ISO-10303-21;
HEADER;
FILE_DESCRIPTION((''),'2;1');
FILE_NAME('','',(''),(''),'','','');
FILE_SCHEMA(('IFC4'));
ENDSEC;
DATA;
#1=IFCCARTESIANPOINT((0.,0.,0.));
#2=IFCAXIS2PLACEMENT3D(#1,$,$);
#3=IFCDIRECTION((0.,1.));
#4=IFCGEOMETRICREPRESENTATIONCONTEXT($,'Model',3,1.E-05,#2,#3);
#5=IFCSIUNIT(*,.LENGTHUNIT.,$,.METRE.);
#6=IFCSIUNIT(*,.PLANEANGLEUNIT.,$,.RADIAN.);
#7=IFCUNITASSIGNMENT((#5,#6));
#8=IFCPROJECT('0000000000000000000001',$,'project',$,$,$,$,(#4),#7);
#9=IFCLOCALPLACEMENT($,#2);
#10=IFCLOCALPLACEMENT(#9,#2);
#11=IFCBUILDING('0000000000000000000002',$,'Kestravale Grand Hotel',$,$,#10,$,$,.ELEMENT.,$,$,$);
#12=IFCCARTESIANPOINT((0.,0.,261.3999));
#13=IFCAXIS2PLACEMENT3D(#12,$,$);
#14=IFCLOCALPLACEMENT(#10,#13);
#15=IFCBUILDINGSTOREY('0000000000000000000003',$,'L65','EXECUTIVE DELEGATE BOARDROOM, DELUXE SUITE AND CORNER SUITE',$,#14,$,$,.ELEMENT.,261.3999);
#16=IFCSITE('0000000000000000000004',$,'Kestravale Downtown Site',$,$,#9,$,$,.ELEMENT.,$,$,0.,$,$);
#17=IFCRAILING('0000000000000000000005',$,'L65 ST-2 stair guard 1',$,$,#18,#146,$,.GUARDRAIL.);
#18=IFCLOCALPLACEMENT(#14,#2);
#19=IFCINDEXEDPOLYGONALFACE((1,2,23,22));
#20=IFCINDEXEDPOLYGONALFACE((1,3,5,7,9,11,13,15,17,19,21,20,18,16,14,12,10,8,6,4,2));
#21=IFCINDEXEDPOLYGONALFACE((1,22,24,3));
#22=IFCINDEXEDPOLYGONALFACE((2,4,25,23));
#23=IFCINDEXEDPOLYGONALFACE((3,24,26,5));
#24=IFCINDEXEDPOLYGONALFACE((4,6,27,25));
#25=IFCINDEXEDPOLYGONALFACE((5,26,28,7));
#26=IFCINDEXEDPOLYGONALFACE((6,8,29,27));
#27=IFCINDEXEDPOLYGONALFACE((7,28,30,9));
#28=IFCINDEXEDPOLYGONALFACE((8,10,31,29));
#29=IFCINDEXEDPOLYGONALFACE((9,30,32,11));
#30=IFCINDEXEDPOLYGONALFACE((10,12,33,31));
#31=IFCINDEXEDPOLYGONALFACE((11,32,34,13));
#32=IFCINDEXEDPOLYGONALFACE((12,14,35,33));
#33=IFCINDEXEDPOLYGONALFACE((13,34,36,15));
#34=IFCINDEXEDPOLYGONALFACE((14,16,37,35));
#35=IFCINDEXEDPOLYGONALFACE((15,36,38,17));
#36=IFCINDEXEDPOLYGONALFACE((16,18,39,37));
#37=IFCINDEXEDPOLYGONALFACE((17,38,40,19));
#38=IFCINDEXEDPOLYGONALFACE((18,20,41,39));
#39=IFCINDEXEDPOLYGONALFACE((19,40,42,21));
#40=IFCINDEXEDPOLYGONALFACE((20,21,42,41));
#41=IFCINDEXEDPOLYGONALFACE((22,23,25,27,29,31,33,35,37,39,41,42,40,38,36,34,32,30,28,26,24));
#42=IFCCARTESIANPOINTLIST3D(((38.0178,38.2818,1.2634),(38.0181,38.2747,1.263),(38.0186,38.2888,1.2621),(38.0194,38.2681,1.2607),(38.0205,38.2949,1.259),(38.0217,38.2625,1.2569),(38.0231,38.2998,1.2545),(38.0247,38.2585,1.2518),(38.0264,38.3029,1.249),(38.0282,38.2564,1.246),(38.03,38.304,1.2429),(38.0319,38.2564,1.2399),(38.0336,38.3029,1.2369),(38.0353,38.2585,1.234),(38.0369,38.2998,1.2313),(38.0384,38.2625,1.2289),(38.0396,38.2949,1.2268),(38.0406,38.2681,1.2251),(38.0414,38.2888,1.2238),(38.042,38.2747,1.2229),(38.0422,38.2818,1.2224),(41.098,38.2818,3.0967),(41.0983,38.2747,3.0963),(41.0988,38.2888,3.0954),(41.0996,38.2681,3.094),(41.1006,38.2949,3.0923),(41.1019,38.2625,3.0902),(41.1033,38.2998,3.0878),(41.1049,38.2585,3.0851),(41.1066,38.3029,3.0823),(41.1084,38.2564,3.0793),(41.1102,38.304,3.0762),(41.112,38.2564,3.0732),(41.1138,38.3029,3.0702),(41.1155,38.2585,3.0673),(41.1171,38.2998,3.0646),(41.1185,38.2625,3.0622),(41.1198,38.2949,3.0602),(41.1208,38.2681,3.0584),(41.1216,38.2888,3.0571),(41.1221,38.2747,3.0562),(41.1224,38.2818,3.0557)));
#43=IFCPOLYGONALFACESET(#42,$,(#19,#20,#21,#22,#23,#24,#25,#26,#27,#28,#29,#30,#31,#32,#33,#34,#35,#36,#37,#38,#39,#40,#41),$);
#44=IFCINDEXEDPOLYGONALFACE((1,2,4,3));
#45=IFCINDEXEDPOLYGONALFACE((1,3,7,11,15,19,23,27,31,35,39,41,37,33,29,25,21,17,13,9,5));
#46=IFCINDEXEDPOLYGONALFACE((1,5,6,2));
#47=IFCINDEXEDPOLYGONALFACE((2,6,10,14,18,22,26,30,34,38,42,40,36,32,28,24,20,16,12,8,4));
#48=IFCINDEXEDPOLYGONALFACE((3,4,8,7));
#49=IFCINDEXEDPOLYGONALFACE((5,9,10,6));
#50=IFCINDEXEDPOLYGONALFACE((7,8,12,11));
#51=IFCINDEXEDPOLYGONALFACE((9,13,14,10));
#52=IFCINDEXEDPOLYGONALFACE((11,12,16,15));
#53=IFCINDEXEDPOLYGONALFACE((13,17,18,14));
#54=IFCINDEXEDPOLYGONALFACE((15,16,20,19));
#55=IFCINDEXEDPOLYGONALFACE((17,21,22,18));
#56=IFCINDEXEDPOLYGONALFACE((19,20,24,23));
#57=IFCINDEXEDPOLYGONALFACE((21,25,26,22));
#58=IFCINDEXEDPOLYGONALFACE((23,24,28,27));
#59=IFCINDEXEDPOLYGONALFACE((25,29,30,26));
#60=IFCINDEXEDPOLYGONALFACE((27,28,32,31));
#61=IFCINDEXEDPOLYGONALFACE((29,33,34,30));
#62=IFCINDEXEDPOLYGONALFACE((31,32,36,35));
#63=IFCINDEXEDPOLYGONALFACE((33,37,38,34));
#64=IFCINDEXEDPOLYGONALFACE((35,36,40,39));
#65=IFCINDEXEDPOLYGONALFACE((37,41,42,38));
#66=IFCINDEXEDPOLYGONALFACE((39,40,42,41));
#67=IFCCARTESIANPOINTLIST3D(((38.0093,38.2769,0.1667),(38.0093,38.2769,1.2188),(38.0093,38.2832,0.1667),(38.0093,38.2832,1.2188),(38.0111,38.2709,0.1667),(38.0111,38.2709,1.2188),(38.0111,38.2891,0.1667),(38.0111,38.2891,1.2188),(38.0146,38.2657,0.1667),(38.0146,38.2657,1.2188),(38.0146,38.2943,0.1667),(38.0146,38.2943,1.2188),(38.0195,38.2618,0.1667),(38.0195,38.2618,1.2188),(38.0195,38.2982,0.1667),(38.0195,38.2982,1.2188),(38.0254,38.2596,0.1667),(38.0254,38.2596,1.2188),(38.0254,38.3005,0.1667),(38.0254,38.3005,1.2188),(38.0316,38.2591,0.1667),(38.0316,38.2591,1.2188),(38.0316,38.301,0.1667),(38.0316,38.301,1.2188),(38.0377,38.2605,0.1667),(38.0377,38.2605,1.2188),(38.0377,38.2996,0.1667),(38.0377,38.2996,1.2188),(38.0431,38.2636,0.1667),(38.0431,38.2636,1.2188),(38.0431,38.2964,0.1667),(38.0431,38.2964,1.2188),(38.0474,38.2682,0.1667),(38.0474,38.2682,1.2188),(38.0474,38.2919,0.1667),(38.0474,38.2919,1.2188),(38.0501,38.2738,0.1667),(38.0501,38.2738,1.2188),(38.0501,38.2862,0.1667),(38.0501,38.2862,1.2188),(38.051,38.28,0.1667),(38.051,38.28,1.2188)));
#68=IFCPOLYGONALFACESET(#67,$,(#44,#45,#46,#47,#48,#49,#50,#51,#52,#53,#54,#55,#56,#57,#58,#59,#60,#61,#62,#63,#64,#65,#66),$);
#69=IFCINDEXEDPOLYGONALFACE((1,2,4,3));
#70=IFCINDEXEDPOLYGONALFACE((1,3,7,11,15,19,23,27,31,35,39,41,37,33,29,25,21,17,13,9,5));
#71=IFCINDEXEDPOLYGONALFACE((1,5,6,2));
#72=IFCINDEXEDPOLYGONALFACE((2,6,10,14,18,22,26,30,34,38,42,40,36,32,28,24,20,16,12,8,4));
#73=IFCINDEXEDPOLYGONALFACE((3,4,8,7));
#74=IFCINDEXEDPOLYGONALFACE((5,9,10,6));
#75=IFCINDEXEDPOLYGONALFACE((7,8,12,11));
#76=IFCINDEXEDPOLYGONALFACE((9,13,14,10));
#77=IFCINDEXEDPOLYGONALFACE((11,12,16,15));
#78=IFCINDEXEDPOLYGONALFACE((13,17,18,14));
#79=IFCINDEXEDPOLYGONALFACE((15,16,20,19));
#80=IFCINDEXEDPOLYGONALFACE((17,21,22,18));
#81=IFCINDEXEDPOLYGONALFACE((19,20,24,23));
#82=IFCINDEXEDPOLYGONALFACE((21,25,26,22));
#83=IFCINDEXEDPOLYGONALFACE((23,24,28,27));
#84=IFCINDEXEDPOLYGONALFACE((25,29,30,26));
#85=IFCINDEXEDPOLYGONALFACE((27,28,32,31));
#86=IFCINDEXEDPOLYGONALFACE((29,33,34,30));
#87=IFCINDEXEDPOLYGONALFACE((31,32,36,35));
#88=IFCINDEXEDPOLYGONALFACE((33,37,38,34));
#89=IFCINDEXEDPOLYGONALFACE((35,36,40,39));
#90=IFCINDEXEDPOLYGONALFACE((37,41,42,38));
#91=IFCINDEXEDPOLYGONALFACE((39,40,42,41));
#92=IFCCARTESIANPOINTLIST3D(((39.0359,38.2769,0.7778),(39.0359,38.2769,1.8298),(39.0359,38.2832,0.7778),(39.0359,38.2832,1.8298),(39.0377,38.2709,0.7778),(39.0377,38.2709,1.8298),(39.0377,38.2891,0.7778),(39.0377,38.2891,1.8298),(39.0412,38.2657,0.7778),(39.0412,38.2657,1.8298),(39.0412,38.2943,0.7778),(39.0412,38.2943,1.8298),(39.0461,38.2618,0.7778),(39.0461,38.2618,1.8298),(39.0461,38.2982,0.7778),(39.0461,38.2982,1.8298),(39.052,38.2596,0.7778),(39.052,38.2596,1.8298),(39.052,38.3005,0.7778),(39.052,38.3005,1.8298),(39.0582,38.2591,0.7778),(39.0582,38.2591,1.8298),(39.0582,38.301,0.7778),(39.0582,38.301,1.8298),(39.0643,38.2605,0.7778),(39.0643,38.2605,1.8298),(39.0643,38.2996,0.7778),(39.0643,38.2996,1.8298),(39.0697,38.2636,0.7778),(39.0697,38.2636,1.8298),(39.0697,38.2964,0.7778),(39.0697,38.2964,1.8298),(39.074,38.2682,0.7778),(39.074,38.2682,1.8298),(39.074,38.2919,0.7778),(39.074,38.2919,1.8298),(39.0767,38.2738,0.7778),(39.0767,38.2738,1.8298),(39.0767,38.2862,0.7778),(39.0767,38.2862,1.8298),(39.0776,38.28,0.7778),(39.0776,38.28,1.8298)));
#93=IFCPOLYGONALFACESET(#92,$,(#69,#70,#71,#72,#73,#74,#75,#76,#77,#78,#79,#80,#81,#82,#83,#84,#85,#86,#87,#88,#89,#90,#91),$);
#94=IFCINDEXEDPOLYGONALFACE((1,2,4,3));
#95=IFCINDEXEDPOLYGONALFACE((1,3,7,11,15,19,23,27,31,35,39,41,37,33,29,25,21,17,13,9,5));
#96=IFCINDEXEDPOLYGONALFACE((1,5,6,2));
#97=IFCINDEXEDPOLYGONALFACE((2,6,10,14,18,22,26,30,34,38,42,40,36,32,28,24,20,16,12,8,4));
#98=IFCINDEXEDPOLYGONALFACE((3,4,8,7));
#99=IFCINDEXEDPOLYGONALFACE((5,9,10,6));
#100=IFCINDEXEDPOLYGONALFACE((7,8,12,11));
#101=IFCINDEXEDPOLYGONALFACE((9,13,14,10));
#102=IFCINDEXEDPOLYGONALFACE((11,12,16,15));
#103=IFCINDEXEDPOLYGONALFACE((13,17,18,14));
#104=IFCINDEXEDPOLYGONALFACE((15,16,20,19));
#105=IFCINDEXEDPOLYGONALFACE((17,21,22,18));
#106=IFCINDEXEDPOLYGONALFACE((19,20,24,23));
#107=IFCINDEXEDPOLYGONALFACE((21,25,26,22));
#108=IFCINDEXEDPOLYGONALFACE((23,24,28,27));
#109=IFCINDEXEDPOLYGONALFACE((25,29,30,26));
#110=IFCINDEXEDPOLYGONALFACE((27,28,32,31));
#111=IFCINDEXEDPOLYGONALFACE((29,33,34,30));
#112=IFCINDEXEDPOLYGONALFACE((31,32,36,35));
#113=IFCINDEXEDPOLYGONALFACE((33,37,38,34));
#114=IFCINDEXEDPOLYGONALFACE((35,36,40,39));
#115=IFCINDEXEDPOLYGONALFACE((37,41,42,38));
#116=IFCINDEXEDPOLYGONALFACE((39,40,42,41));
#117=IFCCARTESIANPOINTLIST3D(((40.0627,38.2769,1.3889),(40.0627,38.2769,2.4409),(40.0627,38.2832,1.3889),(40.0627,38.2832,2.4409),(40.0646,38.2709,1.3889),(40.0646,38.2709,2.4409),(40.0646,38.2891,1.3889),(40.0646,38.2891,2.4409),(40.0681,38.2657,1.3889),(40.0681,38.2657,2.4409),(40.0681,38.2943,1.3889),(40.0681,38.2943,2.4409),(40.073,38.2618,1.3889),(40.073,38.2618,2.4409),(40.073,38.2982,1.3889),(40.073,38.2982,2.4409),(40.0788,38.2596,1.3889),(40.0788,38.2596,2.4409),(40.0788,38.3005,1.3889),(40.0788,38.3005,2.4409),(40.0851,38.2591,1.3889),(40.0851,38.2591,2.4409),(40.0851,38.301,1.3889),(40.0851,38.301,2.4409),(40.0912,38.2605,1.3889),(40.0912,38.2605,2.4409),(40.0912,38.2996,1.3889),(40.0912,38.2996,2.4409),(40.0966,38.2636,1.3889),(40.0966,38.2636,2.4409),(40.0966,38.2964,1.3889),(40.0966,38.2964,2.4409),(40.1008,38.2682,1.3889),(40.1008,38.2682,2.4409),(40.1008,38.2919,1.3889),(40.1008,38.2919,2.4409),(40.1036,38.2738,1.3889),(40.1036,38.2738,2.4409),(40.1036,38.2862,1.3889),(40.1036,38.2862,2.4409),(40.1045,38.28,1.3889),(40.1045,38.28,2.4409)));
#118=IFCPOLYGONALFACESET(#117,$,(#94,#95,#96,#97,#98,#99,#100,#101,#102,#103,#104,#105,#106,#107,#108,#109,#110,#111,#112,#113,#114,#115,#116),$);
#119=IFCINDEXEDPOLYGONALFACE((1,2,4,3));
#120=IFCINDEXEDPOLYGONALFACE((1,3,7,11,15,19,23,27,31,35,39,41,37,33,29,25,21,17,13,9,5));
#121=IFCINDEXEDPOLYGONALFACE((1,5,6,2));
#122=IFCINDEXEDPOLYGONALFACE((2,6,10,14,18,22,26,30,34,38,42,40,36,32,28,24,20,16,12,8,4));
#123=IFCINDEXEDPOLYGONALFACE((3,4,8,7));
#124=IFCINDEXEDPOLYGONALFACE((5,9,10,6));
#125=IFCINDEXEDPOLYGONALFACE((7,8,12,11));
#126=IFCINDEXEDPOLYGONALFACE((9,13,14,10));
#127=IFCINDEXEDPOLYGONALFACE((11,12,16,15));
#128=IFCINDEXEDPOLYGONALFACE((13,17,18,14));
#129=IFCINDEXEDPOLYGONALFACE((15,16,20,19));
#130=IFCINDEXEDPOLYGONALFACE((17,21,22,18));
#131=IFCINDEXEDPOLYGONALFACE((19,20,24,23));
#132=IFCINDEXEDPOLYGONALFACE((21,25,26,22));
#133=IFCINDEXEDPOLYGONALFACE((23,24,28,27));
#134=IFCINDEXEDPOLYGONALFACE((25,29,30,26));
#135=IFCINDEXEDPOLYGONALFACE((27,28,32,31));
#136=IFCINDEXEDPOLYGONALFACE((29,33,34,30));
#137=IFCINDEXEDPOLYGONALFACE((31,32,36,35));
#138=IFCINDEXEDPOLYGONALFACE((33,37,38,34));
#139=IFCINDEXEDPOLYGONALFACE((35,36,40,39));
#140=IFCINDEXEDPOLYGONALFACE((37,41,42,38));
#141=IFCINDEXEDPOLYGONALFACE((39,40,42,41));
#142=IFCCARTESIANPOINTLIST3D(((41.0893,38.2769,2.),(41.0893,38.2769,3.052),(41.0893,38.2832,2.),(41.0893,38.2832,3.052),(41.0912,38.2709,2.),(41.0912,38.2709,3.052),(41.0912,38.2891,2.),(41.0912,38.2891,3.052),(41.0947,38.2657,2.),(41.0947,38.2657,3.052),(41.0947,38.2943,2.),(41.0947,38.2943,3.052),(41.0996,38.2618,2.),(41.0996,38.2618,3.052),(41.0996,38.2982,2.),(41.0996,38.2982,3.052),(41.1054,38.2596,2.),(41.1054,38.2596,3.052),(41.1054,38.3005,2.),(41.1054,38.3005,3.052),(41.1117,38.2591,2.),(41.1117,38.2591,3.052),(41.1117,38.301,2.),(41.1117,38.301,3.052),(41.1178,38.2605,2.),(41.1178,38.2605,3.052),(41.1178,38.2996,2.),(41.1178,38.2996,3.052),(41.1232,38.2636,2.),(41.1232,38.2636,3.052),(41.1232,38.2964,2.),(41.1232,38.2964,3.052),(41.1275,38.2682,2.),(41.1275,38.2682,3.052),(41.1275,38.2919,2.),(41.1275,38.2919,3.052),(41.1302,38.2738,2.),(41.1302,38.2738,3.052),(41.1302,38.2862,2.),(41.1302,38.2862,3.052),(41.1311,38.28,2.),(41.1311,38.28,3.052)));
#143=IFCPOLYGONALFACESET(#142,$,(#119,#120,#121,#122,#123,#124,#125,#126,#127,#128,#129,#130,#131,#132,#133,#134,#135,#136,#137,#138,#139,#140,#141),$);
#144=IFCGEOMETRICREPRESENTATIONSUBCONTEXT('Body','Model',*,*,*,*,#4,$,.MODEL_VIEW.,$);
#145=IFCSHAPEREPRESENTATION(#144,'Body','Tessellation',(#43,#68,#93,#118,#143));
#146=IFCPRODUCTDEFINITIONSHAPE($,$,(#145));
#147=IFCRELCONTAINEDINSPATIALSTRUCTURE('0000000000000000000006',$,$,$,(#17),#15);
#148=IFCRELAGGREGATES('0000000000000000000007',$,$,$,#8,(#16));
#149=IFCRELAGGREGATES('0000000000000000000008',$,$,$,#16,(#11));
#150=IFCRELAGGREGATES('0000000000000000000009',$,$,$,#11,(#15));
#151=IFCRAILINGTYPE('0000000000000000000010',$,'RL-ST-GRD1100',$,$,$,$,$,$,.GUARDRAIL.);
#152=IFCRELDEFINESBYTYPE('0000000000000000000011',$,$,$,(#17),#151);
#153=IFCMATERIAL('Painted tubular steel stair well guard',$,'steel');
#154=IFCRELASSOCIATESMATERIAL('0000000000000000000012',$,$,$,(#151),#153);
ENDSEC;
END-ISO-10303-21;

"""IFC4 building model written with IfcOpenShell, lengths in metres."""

from ifc_helpers import new_model, si_unit, direction, frame, origin, origin_2d, place, context, subcontext, project, spatial, circle, extrude, material, type_object, element, save


model = new_model("IFC4")

# Units and contexts
model_context = context("Model", 3, precision=1e-05, world=origin(), true_north=direction((0.0, 1.0)))
body_context = subcontext(model_context, "Body", "Model", "MODEL_VIEW")
ifc_project = project(units=[si_unit("LENGTHUNIT", "METRE"), si_unit("PLANEANGLEUNIT", "RADIAN")], contexts=[model_context])

# Site, building, storey
site_placement = place(None, origin())
site = spatial("IfcSite", under=ifc_project, at=site_placement, Name="Kestravale Downtown Site", CompositionType="ELEMENT", RefElevation=0.0)
building_placement = place(site_placement, origin())
building = spatial("IfcBuilding", under=site, at=building_placement, Name="Kestravale Grand Hotel", CompositionType="ELEMENT")
storey_placement = place(building_placement, frame((0.0, 0.0, 261.3999)))
storey = spatial("IfcBuildingStorey", under=building, at=storey_placement, Name="L65", Description="EXECUTIVE DELEGATE BOARDROOM, DELUXE SUITE AND CORNER SUITE", CompositionType="ELEMENT", Elevation=261.3999)

# Railing
ifc_material_1 = material(Name="Painted tubular steel stair well guard", Category="steel")
railing_type_1 = type_object("IfcRailingType", Name="RL-ST-GRD1100", PredefinedType="GUARDRAIL", material=ifc_material_1)
railing_1_placement = place(storey_placement, frame((38.03, 38.28, 0.1667)))
element("IfcRailing", 1, at=railing_1_placement, inside=storey, type_object=railing_type_1, Name="L65 ST-2 stair guard 1", PredefinedType="GUARDRAIL", context=body_context, shape_type="SweptSolid", body=[
    extrude(circle(Radius=0.0239, at=origin_2d()), frame((0.0, 0.0, 1.0762), z_axis=(0.859309, 0.0, 0.511458), x_axis=(0.0, 1.0, 0.0)), (0.0, 0.0, 1.0), 3.5845),
    extrude(circle(Radius=0.021, at=origin_2d()), origin(), (0.0, 0.0, 1.0), 1.052),
    extrude(circle(Radius=0.021, at=origin_2d()), frame((1.0266, 0.0, 0.6111)), (0.0, 0.0, 1.0), 1.052),
    extrude(circle(Radius=0.021, at=origin_2d()), frame((2.0535, 0.0, 1.2222)), (0.0, 0.0, 1.0), 1.052),
    extrude(circle(Radius=0.021, at=origin_2d()), frame((3.0801, 0.0, 1.8333)), (0.0, 0.0, 1.0), 1.052),
])

save(model, "model.ifc")
